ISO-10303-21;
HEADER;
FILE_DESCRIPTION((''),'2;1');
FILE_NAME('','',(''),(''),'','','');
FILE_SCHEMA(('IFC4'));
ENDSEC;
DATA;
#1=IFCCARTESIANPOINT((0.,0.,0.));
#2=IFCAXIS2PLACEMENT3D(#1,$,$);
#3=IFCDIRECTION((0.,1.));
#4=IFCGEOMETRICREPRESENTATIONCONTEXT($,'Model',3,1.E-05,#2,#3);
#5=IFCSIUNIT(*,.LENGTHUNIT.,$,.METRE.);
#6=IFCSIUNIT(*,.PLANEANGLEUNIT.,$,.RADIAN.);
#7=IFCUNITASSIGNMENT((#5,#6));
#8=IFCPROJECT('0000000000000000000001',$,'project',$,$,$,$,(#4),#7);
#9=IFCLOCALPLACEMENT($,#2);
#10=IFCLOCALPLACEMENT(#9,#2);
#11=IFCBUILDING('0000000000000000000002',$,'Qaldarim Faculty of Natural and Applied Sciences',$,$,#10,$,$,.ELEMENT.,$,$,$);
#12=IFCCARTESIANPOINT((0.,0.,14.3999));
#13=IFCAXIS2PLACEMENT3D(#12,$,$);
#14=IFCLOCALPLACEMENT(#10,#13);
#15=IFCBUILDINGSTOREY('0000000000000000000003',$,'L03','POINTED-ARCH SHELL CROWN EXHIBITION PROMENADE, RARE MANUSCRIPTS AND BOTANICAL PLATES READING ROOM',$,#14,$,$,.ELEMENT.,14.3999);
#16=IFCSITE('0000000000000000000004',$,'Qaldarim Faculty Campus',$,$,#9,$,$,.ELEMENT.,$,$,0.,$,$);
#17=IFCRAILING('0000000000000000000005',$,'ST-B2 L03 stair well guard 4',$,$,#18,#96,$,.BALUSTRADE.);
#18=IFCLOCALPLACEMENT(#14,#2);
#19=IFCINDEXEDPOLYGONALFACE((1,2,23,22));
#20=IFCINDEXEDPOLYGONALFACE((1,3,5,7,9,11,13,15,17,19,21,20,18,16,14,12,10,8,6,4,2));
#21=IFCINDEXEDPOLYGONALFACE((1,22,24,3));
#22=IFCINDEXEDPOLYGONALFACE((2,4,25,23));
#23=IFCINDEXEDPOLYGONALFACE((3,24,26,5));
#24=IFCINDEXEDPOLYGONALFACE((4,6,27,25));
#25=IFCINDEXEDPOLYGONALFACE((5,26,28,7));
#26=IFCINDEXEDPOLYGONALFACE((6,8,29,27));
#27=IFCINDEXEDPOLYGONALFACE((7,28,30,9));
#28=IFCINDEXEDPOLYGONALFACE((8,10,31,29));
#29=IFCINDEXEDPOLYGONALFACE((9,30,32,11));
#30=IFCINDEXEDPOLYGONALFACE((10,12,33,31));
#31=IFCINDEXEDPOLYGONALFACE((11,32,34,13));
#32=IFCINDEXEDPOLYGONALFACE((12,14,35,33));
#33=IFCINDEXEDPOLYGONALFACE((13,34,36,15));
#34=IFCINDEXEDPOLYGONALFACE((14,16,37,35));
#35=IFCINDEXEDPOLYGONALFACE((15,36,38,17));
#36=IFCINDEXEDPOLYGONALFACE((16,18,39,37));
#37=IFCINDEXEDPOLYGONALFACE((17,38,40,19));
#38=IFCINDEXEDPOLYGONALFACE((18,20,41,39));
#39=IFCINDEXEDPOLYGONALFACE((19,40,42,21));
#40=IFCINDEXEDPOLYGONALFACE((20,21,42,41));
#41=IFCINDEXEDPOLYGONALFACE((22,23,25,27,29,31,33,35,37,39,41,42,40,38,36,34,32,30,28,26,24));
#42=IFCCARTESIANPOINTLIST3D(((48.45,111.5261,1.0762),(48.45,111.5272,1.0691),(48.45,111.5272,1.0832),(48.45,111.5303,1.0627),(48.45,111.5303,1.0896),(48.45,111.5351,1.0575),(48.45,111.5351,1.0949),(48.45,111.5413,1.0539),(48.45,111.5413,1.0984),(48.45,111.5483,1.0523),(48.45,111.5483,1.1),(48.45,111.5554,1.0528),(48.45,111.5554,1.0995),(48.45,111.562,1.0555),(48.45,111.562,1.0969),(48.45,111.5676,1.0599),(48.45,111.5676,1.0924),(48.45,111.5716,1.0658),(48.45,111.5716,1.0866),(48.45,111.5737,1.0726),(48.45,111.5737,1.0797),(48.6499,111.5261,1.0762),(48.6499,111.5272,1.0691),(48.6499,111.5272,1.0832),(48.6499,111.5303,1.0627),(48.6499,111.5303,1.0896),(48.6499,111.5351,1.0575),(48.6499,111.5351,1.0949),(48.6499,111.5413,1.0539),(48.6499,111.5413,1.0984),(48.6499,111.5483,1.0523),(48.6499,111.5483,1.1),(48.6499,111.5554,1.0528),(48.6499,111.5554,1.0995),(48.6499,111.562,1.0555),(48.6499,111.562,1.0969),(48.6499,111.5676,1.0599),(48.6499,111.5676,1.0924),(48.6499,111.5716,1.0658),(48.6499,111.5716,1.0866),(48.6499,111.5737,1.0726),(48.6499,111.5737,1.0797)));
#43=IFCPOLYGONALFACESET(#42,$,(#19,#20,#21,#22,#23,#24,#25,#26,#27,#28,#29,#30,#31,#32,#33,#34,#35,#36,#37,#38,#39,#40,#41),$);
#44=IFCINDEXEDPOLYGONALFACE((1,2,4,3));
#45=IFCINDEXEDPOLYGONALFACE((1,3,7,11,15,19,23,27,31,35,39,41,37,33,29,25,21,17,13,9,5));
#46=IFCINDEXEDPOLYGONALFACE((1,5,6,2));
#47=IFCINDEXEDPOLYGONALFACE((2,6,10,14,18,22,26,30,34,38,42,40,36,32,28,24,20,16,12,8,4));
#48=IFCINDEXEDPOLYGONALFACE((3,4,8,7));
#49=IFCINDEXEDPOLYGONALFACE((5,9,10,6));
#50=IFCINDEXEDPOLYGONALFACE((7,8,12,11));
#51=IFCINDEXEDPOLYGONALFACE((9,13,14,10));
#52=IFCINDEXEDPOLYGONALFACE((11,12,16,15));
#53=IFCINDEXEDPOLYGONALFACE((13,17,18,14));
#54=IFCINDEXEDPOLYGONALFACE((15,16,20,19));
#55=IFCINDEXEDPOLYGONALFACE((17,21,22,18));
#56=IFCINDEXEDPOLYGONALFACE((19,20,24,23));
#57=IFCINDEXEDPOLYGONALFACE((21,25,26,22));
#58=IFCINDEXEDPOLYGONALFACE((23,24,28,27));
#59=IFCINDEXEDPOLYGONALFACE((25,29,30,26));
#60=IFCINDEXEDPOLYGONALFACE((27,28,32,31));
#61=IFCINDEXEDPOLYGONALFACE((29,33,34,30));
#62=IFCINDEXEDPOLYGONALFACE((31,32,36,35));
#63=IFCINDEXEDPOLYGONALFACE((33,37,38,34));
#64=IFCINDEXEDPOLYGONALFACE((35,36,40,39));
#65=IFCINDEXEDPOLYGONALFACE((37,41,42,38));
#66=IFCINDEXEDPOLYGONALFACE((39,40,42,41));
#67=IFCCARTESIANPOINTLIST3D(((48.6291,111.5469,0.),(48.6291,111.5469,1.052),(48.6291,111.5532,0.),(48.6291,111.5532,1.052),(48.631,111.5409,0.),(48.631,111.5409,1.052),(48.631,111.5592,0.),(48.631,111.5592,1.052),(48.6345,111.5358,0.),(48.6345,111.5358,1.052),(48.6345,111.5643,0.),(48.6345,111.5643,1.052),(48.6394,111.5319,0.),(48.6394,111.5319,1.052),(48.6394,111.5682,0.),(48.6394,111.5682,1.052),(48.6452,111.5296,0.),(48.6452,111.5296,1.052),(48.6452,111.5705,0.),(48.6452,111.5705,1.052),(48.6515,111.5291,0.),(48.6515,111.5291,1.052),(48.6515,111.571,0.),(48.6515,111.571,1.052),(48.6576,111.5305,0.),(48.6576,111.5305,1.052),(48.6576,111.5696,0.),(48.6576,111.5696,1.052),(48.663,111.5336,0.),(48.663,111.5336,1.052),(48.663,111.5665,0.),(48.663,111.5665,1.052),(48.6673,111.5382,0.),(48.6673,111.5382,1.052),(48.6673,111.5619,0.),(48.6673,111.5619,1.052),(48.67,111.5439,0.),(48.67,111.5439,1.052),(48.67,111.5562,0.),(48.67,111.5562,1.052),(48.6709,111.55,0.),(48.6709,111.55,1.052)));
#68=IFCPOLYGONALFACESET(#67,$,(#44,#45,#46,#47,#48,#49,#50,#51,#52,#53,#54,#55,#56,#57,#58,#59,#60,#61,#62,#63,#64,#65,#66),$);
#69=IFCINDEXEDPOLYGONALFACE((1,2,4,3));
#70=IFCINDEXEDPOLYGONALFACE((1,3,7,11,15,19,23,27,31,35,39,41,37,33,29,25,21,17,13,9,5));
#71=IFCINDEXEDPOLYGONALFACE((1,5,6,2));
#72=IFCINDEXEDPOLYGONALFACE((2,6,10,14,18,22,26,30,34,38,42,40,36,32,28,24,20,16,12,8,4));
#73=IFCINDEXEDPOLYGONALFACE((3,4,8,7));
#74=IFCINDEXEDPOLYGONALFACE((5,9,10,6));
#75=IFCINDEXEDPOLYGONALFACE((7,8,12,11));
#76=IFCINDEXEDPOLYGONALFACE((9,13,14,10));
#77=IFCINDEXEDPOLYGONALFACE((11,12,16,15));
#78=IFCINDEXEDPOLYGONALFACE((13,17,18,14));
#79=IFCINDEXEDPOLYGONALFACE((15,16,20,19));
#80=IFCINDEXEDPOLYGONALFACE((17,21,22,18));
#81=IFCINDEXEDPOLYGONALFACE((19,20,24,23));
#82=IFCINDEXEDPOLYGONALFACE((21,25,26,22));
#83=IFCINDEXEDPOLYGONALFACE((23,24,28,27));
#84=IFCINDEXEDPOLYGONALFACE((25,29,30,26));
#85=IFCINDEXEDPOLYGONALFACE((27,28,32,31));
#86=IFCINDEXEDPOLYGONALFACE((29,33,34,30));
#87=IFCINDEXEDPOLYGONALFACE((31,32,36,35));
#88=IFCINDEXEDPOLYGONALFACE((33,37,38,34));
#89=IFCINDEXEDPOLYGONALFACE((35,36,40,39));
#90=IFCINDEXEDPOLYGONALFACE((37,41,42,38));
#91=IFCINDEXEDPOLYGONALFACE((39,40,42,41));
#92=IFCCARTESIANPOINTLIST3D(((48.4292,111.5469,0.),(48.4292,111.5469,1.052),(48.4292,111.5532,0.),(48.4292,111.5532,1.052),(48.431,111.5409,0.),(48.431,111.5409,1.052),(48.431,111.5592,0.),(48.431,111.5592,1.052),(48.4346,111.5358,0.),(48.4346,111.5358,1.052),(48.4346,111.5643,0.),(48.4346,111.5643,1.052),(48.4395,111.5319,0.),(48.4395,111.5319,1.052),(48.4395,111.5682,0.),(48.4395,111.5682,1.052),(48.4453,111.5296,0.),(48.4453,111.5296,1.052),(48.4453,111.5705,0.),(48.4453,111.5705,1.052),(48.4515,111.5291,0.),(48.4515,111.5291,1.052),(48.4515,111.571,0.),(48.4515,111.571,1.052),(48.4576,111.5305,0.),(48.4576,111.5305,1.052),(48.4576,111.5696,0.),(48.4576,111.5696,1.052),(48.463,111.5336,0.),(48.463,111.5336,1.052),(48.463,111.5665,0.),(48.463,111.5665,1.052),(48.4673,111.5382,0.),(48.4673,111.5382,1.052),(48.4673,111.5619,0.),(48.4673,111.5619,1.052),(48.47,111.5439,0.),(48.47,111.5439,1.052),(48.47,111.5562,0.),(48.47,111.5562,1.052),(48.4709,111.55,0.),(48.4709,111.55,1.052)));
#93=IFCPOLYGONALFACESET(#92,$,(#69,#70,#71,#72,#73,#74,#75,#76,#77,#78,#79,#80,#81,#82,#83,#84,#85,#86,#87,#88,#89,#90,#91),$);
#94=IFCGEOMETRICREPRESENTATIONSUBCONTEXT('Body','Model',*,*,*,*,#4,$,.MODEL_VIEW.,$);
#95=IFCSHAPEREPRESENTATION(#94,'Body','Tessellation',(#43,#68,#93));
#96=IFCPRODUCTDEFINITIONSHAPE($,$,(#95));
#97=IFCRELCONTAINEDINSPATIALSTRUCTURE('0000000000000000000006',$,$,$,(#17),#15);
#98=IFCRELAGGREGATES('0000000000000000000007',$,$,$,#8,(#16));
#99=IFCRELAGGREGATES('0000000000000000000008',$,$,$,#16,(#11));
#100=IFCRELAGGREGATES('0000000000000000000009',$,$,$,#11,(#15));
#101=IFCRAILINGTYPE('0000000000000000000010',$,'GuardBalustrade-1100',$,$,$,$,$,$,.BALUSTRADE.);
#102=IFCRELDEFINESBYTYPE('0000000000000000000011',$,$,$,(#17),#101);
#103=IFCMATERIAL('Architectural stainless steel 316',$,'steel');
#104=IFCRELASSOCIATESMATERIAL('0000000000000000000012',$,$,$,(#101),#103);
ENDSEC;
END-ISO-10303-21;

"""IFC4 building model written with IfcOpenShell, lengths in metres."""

from ifc_helpers import new_model, si_unit, direction, frame, origin, origin_2d, place, context, subcontext, project, spatial, circle, extrude, material, type_object, element, save


model = new_model("IFC4")

# Units and contexts
model_context = context("Model", 3, precision=1e-05, world=origin(), true_north=direction((0.0, 1.0)))
body_context = subcontext(model_context, "Body", "Model", "MODEL_VIEW")
ifc_project = project(units=[si_unit("LENGTHUNIT", "METRE"), si_unit("PLANEANGLEUNIT", "RADIAN")], contexts=[model_context])

# Site, building, storey
site_placement = place(None, origin())
site = spatial("IfcSite", under=ifc_project, at=site_placement, Name="Qaldarim Faculty Campus", CompositionType="ELEMENT", RefElevation=0.0)
building_placement = place(site_placement, origin())
building = spatial("IfcBuilding", under=site, at=building_placement, Name="Qaldarim Faculty of Natural and Applied Sciences", CompositionType="ELEMENT")
storey_placement = place(building_placement, frame((0.0, 0.0, 14.3999)))
storey = spatial("IfcBuildingStorey", under=building, at=storey_placement, Name="L03", Description="POINTED-ARCH SHELL CROWN EXHIBITION PROMENADE, RARE MANUSCRIPTS AND BOTANICAL PLATES READING ROOM", CompositionType="ELEMENT", Elevation=14.3999)

# Shared definitions
ifc_material_1 = material(Name="Architectural stainless steel 316", Category="steel")

# Railing
railing_type_1 = type_object("IfcRailingType", Name="GuardBalustrade-1100", PredefinedType="BALUSTRADE", material=ifc_material_1)
railing_1_placement = place(storey_placement, frame((48.6499, 111.55, 0.0)))
element("IfcRailing", 1, at=railing_1_placement, inside=storey, type_object=railing_type_1, Name="ST-B2 L03 stair well guard 4", PredefinedType="BALUSTRADE", context=body_context, shape_type="SweptSolid", body=[
    extrude(circle(Radius=0.0239, at=origin_2d()), frame((0.0, 0.0, 1.0762), z_axis=(-1.0, 0.0, 0.0), x_axis=(0.0, -1.0, 0.0)), (0.0, 0.0, 1.0), 0.2),
    extrude(circle(Radius=0.021, at=origin_2d()), origin(), (0.0, 0.0, 1.0), 1.052),
    extrude(circle(Radius=0.021, at=origin_2d()), frame((-0.2, 0.0, 0.0)), (0.0, 0.0, 1.0), 1.052),
])

save(model, "model.ifc")
